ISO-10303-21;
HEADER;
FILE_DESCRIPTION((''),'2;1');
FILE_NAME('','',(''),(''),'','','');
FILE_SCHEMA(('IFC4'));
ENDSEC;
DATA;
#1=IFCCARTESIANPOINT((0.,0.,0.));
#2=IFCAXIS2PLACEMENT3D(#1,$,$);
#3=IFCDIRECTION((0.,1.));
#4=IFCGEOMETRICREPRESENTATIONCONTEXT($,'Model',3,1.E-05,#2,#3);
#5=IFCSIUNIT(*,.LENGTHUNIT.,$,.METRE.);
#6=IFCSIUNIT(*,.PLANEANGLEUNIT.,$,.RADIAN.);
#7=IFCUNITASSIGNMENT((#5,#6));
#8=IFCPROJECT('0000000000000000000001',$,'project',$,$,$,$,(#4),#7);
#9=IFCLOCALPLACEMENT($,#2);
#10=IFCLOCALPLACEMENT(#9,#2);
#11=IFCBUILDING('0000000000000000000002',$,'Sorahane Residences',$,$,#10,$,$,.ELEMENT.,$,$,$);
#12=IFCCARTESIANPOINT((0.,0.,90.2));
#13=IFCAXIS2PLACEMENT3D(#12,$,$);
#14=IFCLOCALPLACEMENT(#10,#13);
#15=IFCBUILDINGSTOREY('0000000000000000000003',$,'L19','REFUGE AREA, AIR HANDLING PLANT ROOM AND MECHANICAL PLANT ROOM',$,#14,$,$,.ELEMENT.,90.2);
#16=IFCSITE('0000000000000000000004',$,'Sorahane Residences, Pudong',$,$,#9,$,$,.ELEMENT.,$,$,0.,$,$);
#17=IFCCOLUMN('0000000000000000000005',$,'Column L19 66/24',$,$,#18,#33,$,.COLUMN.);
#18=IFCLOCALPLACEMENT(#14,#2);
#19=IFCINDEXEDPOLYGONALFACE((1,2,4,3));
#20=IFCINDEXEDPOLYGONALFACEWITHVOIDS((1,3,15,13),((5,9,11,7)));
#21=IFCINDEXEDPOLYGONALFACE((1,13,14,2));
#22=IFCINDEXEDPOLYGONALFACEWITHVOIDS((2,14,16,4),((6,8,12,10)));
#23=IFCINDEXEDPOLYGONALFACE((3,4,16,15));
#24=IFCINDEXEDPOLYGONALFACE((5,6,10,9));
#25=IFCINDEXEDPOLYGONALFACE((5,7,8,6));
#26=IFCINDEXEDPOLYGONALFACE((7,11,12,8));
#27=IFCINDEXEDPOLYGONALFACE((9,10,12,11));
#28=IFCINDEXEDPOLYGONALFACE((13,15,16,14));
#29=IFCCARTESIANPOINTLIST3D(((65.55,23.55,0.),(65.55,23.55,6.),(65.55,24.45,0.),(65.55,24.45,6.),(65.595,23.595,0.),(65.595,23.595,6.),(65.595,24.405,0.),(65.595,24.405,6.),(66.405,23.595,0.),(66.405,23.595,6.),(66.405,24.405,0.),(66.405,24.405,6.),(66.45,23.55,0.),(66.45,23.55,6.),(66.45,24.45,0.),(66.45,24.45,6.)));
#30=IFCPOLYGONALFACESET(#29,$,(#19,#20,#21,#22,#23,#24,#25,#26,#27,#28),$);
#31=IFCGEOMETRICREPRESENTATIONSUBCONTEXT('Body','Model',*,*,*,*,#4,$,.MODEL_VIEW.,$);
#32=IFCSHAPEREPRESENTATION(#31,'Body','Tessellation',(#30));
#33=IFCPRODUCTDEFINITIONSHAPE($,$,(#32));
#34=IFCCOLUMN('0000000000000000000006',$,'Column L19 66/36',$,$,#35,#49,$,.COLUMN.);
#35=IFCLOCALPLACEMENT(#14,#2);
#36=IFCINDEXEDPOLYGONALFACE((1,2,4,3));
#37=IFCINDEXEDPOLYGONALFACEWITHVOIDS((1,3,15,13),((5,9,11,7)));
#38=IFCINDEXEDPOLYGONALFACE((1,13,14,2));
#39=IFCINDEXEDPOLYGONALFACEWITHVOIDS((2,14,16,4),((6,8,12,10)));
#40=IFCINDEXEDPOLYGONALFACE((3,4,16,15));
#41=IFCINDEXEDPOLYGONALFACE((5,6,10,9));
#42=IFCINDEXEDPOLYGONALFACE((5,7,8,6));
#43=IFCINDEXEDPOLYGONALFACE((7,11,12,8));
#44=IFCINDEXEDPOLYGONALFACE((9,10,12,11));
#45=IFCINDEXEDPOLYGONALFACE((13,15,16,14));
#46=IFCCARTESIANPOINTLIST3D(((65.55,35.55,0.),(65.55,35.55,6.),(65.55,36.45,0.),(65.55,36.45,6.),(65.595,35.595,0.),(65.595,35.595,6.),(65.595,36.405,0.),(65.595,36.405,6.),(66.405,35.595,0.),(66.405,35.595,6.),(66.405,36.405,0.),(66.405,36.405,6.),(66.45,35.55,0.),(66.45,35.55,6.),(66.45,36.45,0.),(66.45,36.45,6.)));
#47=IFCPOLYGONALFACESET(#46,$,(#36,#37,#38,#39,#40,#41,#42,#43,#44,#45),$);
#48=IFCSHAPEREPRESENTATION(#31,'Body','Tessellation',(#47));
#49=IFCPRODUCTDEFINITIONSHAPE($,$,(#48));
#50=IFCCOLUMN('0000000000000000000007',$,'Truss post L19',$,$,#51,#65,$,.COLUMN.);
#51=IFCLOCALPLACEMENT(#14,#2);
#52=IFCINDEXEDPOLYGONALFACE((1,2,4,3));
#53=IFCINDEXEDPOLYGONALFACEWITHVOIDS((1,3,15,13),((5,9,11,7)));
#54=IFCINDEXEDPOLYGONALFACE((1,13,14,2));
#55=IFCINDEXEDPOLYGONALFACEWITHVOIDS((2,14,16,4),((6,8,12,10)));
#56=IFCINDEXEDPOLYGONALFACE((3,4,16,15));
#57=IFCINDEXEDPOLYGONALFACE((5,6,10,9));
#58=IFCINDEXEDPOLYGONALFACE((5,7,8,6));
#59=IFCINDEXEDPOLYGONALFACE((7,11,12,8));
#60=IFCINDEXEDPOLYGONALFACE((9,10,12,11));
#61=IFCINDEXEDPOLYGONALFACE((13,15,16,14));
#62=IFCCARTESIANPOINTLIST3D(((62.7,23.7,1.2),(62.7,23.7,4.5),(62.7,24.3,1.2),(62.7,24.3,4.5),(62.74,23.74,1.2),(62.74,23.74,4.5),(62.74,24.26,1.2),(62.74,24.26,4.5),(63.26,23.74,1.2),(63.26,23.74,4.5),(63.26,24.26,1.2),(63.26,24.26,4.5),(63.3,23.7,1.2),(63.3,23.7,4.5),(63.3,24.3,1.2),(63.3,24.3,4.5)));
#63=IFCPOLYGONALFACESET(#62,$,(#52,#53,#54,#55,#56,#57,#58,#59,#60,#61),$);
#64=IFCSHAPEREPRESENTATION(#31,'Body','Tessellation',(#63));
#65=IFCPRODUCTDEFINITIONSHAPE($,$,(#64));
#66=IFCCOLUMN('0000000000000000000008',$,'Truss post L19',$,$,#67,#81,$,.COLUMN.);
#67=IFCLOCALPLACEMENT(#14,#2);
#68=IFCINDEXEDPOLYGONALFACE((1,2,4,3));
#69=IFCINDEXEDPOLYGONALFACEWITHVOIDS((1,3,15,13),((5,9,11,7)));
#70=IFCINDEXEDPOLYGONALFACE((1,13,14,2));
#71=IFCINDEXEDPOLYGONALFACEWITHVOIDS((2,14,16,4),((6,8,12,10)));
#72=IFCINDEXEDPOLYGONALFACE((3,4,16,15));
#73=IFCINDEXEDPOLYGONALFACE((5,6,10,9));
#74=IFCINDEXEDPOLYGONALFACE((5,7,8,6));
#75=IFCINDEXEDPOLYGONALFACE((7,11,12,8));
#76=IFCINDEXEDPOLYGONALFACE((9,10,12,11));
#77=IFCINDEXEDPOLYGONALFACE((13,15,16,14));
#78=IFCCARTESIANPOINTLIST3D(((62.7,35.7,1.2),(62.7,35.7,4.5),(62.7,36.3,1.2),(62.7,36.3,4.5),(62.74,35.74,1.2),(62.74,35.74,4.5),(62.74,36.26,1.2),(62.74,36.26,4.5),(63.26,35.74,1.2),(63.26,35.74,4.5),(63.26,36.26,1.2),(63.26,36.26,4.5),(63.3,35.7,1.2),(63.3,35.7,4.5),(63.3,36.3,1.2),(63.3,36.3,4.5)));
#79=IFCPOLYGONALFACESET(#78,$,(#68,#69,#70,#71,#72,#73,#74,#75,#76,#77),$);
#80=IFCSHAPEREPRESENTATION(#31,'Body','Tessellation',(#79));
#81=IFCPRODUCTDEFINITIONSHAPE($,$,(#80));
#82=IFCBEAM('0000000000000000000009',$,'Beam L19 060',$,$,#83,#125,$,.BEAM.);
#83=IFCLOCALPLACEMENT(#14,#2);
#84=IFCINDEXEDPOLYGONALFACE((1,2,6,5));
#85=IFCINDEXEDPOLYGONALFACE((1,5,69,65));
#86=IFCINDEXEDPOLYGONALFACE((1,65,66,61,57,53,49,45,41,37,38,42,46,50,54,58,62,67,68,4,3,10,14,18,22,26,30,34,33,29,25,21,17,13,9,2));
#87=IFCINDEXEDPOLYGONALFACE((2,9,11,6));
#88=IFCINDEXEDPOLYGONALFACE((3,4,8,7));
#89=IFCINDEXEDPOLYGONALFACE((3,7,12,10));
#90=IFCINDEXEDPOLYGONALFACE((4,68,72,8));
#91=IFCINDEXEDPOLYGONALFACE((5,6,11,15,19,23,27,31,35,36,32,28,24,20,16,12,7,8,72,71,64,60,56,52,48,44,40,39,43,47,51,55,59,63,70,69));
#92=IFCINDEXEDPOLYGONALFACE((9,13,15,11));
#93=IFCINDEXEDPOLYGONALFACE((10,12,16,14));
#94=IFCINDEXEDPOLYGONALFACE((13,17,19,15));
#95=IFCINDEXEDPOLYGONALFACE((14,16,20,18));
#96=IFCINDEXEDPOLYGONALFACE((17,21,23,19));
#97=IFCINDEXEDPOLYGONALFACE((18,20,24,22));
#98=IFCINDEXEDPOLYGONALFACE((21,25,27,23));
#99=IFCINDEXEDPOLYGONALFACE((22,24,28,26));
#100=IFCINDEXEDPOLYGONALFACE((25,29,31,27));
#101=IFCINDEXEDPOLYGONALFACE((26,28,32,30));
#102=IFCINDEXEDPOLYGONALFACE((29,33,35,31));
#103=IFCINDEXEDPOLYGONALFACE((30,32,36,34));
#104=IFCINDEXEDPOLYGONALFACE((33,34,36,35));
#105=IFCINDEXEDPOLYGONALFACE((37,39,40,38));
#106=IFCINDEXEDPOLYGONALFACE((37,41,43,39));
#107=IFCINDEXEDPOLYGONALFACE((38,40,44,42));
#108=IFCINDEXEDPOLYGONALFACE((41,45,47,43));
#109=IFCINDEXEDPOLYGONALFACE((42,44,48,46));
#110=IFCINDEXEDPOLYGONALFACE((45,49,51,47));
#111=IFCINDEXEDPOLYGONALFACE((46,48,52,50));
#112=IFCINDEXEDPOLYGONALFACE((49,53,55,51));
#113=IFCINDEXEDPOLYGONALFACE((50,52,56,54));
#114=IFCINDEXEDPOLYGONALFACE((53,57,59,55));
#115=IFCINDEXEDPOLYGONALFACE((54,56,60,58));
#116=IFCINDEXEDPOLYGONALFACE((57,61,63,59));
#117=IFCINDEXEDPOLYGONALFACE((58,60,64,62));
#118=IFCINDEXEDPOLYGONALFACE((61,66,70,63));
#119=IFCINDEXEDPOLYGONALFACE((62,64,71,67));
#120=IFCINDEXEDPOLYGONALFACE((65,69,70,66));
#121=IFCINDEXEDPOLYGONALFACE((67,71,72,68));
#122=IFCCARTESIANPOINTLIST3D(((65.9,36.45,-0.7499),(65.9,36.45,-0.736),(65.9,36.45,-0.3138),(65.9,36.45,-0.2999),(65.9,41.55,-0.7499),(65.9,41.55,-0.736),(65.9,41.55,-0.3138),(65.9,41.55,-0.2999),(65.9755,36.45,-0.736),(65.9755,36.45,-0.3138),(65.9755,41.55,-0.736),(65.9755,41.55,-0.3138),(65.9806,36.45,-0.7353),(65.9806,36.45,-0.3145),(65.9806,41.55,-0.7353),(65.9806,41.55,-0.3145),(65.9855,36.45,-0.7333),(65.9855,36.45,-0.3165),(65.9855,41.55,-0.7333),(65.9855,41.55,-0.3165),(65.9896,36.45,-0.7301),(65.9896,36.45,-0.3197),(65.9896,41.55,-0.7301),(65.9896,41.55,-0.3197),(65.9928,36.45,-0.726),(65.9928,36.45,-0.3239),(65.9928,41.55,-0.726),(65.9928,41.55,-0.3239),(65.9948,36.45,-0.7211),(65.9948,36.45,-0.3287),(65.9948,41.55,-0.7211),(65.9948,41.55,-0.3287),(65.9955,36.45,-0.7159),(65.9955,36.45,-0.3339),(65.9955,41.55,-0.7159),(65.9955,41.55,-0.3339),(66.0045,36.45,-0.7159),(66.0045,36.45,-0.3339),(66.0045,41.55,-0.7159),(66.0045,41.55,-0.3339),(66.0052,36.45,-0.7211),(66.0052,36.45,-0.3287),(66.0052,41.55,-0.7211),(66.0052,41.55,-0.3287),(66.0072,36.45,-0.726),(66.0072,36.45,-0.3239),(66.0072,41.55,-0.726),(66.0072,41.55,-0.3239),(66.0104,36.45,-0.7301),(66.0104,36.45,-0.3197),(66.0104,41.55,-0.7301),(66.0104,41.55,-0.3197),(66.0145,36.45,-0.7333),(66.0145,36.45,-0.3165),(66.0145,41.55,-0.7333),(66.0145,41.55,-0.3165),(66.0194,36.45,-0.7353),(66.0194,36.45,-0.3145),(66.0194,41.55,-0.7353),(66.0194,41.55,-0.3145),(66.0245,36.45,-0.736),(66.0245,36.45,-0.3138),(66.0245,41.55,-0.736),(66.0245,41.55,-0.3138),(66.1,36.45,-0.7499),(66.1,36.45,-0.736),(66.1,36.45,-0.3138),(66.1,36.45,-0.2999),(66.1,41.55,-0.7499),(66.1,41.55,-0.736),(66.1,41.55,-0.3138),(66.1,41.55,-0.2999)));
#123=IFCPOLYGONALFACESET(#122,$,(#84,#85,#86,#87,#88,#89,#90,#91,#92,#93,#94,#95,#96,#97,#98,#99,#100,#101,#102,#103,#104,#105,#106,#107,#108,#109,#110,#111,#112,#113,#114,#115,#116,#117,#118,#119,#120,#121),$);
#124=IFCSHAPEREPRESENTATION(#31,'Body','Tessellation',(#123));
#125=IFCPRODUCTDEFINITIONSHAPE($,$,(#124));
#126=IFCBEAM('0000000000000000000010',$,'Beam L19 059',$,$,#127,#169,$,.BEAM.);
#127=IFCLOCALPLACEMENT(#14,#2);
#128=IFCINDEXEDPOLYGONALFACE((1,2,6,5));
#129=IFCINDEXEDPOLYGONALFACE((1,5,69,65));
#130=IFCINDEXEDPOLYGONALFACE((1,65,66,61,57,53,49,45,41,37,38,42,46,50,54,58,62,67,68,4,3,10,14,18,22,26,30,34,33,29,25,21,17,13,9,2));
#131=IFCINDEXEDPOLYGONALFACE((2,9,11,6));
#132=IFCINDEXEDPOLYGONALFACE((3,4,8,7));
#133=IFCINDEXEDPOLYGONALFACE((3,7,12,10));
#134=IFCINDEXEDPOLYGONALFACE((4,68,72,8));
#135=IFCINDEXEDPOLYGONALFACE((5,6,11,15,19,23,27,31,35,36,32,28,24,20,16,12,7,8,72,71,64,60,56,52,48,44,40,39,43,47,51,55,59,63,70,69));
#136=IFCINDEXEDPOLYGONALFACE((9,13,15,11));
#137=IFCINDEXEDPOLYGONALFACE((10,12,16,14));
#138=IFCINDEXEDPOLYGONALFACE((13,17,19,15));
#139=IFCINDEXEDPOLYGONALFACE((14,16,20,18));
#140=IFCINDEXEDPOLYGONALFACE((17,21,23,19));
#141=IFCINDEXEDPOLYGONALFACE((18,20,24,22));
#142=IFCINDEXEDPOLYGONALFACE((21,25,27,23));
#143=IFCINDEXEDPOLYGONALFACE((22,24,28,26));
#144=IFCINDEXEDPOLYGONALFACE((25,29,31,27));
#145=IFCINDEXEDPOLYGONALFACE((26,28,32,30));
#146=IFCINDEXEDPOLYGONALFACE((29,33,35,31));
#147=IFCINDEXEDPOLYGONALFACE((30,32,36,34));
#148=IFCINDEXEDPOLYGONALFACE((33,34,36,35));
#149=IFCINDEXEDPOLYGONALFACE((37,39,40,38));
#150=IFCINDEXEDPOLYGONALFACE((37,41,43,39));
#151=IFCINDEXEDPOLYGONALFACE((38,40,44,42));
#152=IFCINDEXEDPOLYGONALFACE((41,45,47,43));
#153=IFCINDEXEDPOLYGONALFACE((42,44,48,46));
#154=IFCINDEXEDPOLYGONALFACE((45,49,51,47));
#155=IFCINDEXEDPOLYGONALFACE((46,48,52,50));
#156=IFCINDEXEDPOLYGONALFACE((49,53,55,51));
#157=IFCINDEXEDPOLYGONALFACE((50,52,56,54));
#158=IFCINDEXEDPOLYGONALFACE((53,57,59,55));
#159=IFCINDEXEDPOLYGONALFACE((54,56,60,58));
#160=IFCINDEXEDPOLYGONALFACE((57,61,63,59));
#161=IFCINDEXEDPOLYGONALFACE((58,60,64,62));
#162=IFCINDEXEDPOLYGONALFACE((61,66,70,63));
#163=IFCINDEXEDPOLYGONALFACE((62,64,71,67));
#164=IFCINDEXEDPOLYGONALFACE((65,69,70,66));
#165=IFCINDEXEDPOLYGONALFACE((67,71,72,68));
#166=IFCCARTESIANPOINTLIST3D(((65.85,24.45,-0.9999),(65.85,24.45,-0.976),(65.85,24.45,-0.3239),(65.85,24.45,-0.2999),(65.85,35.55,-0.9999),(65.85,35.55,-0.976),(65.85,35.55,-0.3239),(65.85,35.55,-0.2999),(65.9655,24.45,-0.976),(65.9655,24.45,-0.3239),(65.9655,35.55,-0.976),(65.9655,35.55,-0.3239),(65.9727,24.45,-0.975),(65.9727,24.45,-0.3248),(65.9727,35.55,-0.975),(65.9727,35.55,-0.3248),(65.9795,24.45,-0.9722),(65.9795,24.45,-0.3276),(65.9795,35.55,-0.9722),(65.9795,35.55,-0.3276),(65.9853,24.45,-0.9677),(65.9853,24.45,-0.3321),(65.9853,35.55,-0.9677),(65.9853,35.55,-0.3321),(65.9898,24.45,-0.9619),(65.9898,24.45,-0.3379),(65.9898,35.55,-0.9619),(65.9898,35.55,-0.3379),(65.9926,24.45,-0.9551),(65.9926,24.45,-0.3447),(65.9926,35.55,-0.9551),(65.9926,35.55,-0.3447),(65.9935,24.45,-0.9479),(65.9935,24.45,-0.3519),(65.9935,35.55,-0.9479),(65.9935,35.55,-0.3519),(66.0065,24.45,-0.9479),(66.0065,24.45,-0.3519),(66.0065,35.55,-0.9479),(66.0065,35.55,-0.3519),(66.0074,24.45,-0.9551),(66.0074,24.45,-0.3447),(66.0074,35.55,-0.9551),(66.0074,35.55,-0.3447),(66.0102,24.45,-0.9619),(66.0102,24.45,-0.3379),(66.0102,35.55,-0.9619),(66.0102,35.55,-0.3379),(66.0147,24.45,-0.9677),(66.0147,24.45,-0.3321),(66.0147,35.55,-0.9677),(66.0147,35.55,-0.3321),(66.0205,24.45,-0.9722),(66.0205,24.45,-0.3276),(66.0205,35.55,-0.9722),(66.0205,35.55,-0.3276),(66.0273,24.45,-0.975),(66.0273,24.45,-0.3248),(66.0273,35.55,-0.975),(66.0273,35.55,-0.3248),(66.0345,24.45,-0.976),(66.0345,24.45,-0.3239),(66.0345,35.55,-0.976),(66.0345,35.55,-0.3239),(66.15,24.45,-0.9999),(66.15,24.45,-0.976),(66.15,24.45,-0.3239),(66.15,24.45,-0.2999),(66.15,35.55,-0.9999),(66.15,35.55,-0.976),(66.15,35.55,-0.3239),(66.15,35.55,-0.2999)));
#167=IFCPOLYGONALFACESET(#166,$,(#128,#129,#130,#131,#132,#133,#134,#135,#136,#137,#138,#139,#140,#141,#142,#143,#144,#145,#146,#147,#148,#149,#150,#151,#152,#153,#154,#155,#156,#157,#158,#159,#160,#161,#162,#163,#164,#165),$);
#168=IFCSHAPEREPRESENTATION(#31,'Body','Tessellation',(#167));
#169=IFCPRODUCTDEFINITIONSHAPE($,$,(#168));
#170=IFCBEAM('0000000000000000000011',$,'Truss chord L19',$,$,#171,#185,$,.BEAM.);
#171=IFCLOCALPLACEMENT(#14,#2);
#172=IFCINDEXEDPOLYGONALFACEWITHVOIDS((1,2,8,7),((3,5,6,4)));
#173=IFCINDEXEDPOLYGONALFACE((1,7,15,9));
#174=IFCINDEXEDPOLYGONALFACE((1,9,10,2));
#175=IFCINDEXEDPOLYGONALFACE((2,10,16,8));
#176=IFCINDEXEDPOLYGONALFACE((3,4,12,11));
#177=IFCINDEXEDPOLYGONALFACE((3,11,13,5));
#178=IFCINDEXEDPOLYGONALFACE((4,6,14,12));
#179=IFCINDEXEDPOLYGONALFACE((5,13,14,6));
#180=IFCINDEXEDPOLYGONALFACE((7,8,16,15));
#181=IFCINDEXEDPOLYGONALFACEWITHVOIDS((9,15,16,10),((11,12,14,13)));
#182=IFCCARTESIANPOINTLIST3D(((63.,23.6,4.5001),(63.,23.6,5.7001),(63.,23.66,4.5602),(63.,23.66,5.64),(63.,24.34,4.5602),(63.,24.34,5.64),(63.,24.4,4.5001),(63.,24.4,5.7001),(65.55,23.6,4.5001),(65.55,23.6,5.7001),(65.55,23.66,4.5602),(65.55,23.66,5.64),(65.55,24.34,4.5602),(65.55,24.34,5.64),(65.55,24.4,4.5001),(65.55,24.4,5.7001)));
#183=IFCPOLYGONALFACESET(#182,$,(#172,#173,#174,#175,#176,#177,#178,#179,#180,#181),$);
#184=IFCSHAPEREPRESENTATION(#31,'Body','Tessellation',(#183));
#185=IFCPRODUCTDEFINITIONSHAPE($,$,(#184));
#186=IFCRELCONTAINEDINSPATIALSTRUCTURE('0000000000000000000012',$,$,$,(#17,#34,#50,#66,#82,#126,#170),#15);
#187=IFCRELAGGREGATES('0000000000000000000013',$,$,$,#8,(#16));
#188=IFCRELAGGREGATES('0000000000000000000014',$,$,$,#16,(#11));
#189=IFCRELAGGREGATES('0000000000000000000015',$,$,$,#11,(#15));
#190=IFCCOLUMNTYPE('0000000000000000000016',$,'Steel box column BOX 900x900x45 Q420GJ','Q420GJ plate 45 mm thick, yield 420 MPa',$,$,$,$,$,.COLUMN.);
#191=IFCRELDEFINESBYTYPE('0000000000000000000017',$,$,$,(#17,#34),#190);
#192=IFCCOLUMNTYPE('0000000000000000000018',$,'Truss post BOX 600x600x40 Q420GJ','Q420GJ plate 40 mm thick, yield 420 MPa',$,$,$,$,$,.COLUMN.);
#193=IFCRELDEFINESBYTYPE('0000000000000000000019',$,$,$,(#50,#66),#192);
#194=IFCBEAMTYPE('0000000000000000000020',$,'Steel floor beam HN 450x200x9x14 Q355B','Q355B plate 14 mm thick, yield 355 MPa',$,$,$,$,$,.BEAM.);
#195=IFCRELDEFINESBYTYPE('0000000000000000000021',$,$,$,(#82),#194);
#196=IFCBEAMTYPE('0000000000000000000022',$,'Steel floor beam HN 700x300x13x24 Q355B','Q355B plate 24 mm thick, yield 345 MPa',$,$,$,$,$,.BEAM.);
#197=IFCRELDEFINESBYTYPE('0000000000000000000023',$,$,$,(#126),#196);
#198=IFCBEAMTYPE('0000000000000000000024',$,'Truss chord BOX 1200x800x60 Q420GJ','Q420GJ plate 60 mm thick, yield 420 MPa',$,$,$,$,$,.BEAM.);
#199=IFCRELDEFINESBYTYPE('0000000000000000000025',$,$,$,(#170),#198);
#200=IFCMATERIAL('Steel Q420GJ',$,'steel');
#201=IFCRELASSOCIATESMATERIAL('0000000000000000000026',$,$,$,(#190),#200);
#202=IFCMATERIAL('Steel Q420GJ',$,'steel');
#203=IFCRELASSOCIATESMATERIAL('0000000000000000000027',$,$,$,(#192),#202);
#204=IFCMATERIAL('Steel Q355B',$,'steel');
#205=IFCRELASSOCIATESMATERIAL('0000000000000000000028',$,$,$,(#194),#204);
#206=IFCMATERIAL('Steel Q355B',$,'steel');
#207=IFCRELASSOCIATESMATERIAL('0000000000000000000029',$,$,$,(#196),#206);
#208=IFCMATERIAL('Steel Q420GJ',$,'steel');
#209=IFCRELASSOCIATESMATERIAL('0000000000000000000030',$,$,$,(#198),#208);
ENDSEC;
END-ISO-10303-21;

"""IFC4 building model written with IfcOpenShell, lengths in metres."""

from ifc_helpers import new_model, si_unit, direction, frame, origin, origin_2d, place, context, subcontext, project, spatial, hollow_rectangle, i_section, extrude, material, material_profile, profile_set, type_object, element, save


model = new_model("IFC4")

# Units and contexts
model_context = context("Model", 3, precision=1e-05, world=origin(), true_north=direction((0.0, 1.0)))
body_context = subcontext(model_context, "Body", "Model", "MODEL_VIEW")
ifc_project = project(units=[si_unit("LENGTHUNIT", "METRE"), si_unit("PLANEANGLEUNIT", "RADIAN")], contexts=[model_context])

# Site, building, storey
site_placement = place(None, origin())
site = spatial("IfcSite", under=ifc_project, at=site_placement, Name="Sorahane Residences, Pudong", CompositionType="ELEMENT", RefElevation=0.0)
building_placement = place(site_placement, origin())
building = spatial("IfcBuilding", under=site, at=building_placement, Name="Sorahane Residences", CompositionType="ELEMENT")
storey_placement = place(building_placement, frame((0.0, 0.0, 90.2)))
storey = spatial("IfcBuildingStorey", under=building, at=storey_placement, Name="L19", Description="REFUGE AREA, AIR HANDLING PLANT ROOM AND MECHANICAL PLANT ROOM", CompositionType="ELEMENT", Elevation=90.2)

# Columns
ifc_material_1 = material(Name="Steel Q420GJ", Category="steel")
ifc_material_profile_1 = material_profile(ifc_material_1, hollow_rectangle(XDim=0.8999, YDim=0.8999, WallThickness=0.0449, at=origin_2d()), Name="BOX 900x900x45")
ifc_profile_set_1 = profile_set([ifc_material_profile_1], Name="Steel Q420GJ")
column_type_1 = type_object("IfcColumnType", Name="Steel box column BOX 900x900x45 Q420GJ", Description="Q420GJ plate 45 mm thick, yield 420 MPa", PredefinedType="COLUMN", material=ifc_profile_set_1)
for number, where, z_axis, x_axis, name in (
    (1, (66.0, 24.0, 0.0), (0.0, 0.0, 1.0), (1.0, 0.0, 0.0), "Column L19 66/24"),
    (2, (66.0, 36.0, 0.0), (0.0, 0.0, 1.0), (1.0, 0.0, 0.0), "Column L19 66/36"),
):
    element("IfcColumn", number, at=place(storey_placement, frame(where, z_axis=z_axis, x_axis=x_axis)), inside=storey, type_object=column_type_1, Name=name, PredefinedType="COLUMN", context=body_context, shape_type="SweptSolid", body=[
        extrude(hollow_rectangle(XDim=0.8999, YDim=0.8999, WallThickness=0.0449, at=origin_2d()), origin(), (0.0, 0.0, 1.0), 6.0),
    ])
ifc_material_2 = material(Name="Steel Q420GJ", Category="steel")
ifc_material_profile_2 = material_profile(ifc_material_2, hollow_rectangle(XDim=0.6001, YDim=0.6001, WallThickness=0.04, at=origin_2d()), Name="BOX 600x600x40")
ifc_profile_set_2 = profile_set([ifc_material_profile_2], Name="Steel Q420GJ")
column_type_2 = type_object("IfcColumnType", Name="Truss post BOX 600x600x40 Q420GJ", Description="Q420GJ plate 40 mm thick, yield 420 MPa", PredefinedType="COLUMN", material=ifc_profile_set_2)
for number, where, z_axis, x_axis, name in (
    (3, (63.0, 24.0, 1.2), (0.0, 0.0, 1.0), (1.0, 0.0, 0.0), "Truss post L19"),
    (4, (63.0, 36.0, 1.2), (0.0, 0.0, 1.0), (1.0, 0.0, 0.0), "Truss post L19"),
):
    element("IfcColumn", number, at=place(storey_placement, frame(where, z_axis=z_axis, x_axis=x_axis)), inside=storey, type_object=column_type_2, Name=name, PredefinedType="COLUMN", context=body_context, shape_type="SweptSolid", body=[
        extrude(hollow_rectangle(XDim=0.6001, YDim=0.6001, WallThickness=0.04, at=origin_2d()), origin(), (0.0, 0.0, 1.0), 3.3),
    ])

# Beams
ifc_material_3 = material(Name="Steel Q355B", Category="steel")
ifc_material_profile_3 = material_profile(ifc_material_3, i_section(OverallWidth=0.2, OverallDepth=0.45, WebThickness=0.009, FlangeThickness=0.0139, FilletRadius=0.02, at=origin_2d()), Name="HN 450x200x9x14")
ifc_profile_set_3 = profile_set([ifc_material_profile_3], Name="Steel Q355B")
beam_type_1 = type_object("IfcBeamType", Name="Steel floor beam HN 450x200x9x14 Q355B", Description="Q355B plate 14 mm thick, yield 355 MPa", PredefinedType="BEAM", material=ifc_profile_set_3)
beam_1_placement = place(storey_placement, frame((66.0, 36.45, -0.5249), z_axis=(0.0, 1.0, 0.0), x_axis=(-1.0, 0.0, 0.0)))
element("IfcBeam", 5, at=beam_1_placement, inside=storey, type_object=beam_type_1, Name="Beam L19 060", PredefinedType="BEAM", context=body_context, shape_type="SweptSolid", body=[
    extrude(i_section(OverallWidth=0.2, OverallDepth=0.45, WebThickness=0.009, FlangeThickness=0.0139, FilletRadius=0.02, at=origin_2d()), origin(), (0.0, 0.0, 1.0), 5.1001),
])
ifc_material_4 = material(Name="Steel Q355B", Category="steel")
ifc_material_profile_4 = material_profile(ifc_material_4, i_section(OverallWidth=0.3, OverallDepth=0.7, WebThickness=0.0129, FlangeThickness=0.0239, FilletRadius=0.0281, at=origin_2d()), Name="HN 700x300x13x24")
ifc_profile_set_4 = profile_set([ifc_material_profile_4], Name="Steel Q355B")
beam_type_2 = type_object("IfcBeamType", Name="Steel floor beam HN 700x300x13x24 Q355B", Description="Q355B plate 24 mm thick, yield 345 MPa", PredefinedType="BEAM", material=ifc_profile_set_4)
beam_2_placement = place(storey_placement, frame((66.0, 24.45, -0.6499), z_axis=(0.0, 1.0, 0.0), x_axis=(-1.0, 0.0, 0.0)))
element("IfcBeam", 6, at=beam_2_placement, inside=storey, type_object=beam_type_2, Name="Beam L19 059", PredefinedType="BEAM", context=body_context, shape_type="SweptSolid", body=[
    extrude(i_section(OverallWidth=0.3, OverallDepth=0.7, WebThickness=0.0129, FlangeThickness=0.0239, FilletRadius=0.0281, at=origin_2d()), origin(), (0.0, 0.0, 1.0), 11.1001),
])
ifc_material_5 = material(Name="Steel Q420GJ", Category="steel")
ifc_material_profile_5 = material_profile(ifc_material_5, hollow_rectangle(XDim=0.8, YDim=1.2, WallThickness=0.0601, at=origin_2d()), Name="BOX 1200x800x60")
ifc_profile_set_5 = profile_set([ifc_material_profile_5], Name="Steel Q420GJ")
beam_type_3 = type_object("IfcBeamType", Name="Truss chord BOX 1200x800x60 Q420GJ", Description="Q420GJ plate 60 mm thick, yield 420 MPa", PredefinedType="BEAM", material=ifc_profile_set_5)
beam_3_placement = place(storey_placement, frame((63.0, 24.0, 5.1001), z_axis=(1.0, 0.0, 0.0), x_axis=(0.0, 1.0, 0.0)))
element("IfcBeam", 7, at=beam_3_placement, inside=storey, type_object=beam_type_3, Name="Truss chord L19", PredefinedType="BEAM", context=body_context, shape_type="SweptSolid", body=[
    extrude(hollow_rectangle(XDim=0.8, YDim=1.2, WallThickness=0.0601, at=origin_2d()), origin(), (0.0, 0.0, 1.0), 2.55),
])

save(model, "model.ifc")
